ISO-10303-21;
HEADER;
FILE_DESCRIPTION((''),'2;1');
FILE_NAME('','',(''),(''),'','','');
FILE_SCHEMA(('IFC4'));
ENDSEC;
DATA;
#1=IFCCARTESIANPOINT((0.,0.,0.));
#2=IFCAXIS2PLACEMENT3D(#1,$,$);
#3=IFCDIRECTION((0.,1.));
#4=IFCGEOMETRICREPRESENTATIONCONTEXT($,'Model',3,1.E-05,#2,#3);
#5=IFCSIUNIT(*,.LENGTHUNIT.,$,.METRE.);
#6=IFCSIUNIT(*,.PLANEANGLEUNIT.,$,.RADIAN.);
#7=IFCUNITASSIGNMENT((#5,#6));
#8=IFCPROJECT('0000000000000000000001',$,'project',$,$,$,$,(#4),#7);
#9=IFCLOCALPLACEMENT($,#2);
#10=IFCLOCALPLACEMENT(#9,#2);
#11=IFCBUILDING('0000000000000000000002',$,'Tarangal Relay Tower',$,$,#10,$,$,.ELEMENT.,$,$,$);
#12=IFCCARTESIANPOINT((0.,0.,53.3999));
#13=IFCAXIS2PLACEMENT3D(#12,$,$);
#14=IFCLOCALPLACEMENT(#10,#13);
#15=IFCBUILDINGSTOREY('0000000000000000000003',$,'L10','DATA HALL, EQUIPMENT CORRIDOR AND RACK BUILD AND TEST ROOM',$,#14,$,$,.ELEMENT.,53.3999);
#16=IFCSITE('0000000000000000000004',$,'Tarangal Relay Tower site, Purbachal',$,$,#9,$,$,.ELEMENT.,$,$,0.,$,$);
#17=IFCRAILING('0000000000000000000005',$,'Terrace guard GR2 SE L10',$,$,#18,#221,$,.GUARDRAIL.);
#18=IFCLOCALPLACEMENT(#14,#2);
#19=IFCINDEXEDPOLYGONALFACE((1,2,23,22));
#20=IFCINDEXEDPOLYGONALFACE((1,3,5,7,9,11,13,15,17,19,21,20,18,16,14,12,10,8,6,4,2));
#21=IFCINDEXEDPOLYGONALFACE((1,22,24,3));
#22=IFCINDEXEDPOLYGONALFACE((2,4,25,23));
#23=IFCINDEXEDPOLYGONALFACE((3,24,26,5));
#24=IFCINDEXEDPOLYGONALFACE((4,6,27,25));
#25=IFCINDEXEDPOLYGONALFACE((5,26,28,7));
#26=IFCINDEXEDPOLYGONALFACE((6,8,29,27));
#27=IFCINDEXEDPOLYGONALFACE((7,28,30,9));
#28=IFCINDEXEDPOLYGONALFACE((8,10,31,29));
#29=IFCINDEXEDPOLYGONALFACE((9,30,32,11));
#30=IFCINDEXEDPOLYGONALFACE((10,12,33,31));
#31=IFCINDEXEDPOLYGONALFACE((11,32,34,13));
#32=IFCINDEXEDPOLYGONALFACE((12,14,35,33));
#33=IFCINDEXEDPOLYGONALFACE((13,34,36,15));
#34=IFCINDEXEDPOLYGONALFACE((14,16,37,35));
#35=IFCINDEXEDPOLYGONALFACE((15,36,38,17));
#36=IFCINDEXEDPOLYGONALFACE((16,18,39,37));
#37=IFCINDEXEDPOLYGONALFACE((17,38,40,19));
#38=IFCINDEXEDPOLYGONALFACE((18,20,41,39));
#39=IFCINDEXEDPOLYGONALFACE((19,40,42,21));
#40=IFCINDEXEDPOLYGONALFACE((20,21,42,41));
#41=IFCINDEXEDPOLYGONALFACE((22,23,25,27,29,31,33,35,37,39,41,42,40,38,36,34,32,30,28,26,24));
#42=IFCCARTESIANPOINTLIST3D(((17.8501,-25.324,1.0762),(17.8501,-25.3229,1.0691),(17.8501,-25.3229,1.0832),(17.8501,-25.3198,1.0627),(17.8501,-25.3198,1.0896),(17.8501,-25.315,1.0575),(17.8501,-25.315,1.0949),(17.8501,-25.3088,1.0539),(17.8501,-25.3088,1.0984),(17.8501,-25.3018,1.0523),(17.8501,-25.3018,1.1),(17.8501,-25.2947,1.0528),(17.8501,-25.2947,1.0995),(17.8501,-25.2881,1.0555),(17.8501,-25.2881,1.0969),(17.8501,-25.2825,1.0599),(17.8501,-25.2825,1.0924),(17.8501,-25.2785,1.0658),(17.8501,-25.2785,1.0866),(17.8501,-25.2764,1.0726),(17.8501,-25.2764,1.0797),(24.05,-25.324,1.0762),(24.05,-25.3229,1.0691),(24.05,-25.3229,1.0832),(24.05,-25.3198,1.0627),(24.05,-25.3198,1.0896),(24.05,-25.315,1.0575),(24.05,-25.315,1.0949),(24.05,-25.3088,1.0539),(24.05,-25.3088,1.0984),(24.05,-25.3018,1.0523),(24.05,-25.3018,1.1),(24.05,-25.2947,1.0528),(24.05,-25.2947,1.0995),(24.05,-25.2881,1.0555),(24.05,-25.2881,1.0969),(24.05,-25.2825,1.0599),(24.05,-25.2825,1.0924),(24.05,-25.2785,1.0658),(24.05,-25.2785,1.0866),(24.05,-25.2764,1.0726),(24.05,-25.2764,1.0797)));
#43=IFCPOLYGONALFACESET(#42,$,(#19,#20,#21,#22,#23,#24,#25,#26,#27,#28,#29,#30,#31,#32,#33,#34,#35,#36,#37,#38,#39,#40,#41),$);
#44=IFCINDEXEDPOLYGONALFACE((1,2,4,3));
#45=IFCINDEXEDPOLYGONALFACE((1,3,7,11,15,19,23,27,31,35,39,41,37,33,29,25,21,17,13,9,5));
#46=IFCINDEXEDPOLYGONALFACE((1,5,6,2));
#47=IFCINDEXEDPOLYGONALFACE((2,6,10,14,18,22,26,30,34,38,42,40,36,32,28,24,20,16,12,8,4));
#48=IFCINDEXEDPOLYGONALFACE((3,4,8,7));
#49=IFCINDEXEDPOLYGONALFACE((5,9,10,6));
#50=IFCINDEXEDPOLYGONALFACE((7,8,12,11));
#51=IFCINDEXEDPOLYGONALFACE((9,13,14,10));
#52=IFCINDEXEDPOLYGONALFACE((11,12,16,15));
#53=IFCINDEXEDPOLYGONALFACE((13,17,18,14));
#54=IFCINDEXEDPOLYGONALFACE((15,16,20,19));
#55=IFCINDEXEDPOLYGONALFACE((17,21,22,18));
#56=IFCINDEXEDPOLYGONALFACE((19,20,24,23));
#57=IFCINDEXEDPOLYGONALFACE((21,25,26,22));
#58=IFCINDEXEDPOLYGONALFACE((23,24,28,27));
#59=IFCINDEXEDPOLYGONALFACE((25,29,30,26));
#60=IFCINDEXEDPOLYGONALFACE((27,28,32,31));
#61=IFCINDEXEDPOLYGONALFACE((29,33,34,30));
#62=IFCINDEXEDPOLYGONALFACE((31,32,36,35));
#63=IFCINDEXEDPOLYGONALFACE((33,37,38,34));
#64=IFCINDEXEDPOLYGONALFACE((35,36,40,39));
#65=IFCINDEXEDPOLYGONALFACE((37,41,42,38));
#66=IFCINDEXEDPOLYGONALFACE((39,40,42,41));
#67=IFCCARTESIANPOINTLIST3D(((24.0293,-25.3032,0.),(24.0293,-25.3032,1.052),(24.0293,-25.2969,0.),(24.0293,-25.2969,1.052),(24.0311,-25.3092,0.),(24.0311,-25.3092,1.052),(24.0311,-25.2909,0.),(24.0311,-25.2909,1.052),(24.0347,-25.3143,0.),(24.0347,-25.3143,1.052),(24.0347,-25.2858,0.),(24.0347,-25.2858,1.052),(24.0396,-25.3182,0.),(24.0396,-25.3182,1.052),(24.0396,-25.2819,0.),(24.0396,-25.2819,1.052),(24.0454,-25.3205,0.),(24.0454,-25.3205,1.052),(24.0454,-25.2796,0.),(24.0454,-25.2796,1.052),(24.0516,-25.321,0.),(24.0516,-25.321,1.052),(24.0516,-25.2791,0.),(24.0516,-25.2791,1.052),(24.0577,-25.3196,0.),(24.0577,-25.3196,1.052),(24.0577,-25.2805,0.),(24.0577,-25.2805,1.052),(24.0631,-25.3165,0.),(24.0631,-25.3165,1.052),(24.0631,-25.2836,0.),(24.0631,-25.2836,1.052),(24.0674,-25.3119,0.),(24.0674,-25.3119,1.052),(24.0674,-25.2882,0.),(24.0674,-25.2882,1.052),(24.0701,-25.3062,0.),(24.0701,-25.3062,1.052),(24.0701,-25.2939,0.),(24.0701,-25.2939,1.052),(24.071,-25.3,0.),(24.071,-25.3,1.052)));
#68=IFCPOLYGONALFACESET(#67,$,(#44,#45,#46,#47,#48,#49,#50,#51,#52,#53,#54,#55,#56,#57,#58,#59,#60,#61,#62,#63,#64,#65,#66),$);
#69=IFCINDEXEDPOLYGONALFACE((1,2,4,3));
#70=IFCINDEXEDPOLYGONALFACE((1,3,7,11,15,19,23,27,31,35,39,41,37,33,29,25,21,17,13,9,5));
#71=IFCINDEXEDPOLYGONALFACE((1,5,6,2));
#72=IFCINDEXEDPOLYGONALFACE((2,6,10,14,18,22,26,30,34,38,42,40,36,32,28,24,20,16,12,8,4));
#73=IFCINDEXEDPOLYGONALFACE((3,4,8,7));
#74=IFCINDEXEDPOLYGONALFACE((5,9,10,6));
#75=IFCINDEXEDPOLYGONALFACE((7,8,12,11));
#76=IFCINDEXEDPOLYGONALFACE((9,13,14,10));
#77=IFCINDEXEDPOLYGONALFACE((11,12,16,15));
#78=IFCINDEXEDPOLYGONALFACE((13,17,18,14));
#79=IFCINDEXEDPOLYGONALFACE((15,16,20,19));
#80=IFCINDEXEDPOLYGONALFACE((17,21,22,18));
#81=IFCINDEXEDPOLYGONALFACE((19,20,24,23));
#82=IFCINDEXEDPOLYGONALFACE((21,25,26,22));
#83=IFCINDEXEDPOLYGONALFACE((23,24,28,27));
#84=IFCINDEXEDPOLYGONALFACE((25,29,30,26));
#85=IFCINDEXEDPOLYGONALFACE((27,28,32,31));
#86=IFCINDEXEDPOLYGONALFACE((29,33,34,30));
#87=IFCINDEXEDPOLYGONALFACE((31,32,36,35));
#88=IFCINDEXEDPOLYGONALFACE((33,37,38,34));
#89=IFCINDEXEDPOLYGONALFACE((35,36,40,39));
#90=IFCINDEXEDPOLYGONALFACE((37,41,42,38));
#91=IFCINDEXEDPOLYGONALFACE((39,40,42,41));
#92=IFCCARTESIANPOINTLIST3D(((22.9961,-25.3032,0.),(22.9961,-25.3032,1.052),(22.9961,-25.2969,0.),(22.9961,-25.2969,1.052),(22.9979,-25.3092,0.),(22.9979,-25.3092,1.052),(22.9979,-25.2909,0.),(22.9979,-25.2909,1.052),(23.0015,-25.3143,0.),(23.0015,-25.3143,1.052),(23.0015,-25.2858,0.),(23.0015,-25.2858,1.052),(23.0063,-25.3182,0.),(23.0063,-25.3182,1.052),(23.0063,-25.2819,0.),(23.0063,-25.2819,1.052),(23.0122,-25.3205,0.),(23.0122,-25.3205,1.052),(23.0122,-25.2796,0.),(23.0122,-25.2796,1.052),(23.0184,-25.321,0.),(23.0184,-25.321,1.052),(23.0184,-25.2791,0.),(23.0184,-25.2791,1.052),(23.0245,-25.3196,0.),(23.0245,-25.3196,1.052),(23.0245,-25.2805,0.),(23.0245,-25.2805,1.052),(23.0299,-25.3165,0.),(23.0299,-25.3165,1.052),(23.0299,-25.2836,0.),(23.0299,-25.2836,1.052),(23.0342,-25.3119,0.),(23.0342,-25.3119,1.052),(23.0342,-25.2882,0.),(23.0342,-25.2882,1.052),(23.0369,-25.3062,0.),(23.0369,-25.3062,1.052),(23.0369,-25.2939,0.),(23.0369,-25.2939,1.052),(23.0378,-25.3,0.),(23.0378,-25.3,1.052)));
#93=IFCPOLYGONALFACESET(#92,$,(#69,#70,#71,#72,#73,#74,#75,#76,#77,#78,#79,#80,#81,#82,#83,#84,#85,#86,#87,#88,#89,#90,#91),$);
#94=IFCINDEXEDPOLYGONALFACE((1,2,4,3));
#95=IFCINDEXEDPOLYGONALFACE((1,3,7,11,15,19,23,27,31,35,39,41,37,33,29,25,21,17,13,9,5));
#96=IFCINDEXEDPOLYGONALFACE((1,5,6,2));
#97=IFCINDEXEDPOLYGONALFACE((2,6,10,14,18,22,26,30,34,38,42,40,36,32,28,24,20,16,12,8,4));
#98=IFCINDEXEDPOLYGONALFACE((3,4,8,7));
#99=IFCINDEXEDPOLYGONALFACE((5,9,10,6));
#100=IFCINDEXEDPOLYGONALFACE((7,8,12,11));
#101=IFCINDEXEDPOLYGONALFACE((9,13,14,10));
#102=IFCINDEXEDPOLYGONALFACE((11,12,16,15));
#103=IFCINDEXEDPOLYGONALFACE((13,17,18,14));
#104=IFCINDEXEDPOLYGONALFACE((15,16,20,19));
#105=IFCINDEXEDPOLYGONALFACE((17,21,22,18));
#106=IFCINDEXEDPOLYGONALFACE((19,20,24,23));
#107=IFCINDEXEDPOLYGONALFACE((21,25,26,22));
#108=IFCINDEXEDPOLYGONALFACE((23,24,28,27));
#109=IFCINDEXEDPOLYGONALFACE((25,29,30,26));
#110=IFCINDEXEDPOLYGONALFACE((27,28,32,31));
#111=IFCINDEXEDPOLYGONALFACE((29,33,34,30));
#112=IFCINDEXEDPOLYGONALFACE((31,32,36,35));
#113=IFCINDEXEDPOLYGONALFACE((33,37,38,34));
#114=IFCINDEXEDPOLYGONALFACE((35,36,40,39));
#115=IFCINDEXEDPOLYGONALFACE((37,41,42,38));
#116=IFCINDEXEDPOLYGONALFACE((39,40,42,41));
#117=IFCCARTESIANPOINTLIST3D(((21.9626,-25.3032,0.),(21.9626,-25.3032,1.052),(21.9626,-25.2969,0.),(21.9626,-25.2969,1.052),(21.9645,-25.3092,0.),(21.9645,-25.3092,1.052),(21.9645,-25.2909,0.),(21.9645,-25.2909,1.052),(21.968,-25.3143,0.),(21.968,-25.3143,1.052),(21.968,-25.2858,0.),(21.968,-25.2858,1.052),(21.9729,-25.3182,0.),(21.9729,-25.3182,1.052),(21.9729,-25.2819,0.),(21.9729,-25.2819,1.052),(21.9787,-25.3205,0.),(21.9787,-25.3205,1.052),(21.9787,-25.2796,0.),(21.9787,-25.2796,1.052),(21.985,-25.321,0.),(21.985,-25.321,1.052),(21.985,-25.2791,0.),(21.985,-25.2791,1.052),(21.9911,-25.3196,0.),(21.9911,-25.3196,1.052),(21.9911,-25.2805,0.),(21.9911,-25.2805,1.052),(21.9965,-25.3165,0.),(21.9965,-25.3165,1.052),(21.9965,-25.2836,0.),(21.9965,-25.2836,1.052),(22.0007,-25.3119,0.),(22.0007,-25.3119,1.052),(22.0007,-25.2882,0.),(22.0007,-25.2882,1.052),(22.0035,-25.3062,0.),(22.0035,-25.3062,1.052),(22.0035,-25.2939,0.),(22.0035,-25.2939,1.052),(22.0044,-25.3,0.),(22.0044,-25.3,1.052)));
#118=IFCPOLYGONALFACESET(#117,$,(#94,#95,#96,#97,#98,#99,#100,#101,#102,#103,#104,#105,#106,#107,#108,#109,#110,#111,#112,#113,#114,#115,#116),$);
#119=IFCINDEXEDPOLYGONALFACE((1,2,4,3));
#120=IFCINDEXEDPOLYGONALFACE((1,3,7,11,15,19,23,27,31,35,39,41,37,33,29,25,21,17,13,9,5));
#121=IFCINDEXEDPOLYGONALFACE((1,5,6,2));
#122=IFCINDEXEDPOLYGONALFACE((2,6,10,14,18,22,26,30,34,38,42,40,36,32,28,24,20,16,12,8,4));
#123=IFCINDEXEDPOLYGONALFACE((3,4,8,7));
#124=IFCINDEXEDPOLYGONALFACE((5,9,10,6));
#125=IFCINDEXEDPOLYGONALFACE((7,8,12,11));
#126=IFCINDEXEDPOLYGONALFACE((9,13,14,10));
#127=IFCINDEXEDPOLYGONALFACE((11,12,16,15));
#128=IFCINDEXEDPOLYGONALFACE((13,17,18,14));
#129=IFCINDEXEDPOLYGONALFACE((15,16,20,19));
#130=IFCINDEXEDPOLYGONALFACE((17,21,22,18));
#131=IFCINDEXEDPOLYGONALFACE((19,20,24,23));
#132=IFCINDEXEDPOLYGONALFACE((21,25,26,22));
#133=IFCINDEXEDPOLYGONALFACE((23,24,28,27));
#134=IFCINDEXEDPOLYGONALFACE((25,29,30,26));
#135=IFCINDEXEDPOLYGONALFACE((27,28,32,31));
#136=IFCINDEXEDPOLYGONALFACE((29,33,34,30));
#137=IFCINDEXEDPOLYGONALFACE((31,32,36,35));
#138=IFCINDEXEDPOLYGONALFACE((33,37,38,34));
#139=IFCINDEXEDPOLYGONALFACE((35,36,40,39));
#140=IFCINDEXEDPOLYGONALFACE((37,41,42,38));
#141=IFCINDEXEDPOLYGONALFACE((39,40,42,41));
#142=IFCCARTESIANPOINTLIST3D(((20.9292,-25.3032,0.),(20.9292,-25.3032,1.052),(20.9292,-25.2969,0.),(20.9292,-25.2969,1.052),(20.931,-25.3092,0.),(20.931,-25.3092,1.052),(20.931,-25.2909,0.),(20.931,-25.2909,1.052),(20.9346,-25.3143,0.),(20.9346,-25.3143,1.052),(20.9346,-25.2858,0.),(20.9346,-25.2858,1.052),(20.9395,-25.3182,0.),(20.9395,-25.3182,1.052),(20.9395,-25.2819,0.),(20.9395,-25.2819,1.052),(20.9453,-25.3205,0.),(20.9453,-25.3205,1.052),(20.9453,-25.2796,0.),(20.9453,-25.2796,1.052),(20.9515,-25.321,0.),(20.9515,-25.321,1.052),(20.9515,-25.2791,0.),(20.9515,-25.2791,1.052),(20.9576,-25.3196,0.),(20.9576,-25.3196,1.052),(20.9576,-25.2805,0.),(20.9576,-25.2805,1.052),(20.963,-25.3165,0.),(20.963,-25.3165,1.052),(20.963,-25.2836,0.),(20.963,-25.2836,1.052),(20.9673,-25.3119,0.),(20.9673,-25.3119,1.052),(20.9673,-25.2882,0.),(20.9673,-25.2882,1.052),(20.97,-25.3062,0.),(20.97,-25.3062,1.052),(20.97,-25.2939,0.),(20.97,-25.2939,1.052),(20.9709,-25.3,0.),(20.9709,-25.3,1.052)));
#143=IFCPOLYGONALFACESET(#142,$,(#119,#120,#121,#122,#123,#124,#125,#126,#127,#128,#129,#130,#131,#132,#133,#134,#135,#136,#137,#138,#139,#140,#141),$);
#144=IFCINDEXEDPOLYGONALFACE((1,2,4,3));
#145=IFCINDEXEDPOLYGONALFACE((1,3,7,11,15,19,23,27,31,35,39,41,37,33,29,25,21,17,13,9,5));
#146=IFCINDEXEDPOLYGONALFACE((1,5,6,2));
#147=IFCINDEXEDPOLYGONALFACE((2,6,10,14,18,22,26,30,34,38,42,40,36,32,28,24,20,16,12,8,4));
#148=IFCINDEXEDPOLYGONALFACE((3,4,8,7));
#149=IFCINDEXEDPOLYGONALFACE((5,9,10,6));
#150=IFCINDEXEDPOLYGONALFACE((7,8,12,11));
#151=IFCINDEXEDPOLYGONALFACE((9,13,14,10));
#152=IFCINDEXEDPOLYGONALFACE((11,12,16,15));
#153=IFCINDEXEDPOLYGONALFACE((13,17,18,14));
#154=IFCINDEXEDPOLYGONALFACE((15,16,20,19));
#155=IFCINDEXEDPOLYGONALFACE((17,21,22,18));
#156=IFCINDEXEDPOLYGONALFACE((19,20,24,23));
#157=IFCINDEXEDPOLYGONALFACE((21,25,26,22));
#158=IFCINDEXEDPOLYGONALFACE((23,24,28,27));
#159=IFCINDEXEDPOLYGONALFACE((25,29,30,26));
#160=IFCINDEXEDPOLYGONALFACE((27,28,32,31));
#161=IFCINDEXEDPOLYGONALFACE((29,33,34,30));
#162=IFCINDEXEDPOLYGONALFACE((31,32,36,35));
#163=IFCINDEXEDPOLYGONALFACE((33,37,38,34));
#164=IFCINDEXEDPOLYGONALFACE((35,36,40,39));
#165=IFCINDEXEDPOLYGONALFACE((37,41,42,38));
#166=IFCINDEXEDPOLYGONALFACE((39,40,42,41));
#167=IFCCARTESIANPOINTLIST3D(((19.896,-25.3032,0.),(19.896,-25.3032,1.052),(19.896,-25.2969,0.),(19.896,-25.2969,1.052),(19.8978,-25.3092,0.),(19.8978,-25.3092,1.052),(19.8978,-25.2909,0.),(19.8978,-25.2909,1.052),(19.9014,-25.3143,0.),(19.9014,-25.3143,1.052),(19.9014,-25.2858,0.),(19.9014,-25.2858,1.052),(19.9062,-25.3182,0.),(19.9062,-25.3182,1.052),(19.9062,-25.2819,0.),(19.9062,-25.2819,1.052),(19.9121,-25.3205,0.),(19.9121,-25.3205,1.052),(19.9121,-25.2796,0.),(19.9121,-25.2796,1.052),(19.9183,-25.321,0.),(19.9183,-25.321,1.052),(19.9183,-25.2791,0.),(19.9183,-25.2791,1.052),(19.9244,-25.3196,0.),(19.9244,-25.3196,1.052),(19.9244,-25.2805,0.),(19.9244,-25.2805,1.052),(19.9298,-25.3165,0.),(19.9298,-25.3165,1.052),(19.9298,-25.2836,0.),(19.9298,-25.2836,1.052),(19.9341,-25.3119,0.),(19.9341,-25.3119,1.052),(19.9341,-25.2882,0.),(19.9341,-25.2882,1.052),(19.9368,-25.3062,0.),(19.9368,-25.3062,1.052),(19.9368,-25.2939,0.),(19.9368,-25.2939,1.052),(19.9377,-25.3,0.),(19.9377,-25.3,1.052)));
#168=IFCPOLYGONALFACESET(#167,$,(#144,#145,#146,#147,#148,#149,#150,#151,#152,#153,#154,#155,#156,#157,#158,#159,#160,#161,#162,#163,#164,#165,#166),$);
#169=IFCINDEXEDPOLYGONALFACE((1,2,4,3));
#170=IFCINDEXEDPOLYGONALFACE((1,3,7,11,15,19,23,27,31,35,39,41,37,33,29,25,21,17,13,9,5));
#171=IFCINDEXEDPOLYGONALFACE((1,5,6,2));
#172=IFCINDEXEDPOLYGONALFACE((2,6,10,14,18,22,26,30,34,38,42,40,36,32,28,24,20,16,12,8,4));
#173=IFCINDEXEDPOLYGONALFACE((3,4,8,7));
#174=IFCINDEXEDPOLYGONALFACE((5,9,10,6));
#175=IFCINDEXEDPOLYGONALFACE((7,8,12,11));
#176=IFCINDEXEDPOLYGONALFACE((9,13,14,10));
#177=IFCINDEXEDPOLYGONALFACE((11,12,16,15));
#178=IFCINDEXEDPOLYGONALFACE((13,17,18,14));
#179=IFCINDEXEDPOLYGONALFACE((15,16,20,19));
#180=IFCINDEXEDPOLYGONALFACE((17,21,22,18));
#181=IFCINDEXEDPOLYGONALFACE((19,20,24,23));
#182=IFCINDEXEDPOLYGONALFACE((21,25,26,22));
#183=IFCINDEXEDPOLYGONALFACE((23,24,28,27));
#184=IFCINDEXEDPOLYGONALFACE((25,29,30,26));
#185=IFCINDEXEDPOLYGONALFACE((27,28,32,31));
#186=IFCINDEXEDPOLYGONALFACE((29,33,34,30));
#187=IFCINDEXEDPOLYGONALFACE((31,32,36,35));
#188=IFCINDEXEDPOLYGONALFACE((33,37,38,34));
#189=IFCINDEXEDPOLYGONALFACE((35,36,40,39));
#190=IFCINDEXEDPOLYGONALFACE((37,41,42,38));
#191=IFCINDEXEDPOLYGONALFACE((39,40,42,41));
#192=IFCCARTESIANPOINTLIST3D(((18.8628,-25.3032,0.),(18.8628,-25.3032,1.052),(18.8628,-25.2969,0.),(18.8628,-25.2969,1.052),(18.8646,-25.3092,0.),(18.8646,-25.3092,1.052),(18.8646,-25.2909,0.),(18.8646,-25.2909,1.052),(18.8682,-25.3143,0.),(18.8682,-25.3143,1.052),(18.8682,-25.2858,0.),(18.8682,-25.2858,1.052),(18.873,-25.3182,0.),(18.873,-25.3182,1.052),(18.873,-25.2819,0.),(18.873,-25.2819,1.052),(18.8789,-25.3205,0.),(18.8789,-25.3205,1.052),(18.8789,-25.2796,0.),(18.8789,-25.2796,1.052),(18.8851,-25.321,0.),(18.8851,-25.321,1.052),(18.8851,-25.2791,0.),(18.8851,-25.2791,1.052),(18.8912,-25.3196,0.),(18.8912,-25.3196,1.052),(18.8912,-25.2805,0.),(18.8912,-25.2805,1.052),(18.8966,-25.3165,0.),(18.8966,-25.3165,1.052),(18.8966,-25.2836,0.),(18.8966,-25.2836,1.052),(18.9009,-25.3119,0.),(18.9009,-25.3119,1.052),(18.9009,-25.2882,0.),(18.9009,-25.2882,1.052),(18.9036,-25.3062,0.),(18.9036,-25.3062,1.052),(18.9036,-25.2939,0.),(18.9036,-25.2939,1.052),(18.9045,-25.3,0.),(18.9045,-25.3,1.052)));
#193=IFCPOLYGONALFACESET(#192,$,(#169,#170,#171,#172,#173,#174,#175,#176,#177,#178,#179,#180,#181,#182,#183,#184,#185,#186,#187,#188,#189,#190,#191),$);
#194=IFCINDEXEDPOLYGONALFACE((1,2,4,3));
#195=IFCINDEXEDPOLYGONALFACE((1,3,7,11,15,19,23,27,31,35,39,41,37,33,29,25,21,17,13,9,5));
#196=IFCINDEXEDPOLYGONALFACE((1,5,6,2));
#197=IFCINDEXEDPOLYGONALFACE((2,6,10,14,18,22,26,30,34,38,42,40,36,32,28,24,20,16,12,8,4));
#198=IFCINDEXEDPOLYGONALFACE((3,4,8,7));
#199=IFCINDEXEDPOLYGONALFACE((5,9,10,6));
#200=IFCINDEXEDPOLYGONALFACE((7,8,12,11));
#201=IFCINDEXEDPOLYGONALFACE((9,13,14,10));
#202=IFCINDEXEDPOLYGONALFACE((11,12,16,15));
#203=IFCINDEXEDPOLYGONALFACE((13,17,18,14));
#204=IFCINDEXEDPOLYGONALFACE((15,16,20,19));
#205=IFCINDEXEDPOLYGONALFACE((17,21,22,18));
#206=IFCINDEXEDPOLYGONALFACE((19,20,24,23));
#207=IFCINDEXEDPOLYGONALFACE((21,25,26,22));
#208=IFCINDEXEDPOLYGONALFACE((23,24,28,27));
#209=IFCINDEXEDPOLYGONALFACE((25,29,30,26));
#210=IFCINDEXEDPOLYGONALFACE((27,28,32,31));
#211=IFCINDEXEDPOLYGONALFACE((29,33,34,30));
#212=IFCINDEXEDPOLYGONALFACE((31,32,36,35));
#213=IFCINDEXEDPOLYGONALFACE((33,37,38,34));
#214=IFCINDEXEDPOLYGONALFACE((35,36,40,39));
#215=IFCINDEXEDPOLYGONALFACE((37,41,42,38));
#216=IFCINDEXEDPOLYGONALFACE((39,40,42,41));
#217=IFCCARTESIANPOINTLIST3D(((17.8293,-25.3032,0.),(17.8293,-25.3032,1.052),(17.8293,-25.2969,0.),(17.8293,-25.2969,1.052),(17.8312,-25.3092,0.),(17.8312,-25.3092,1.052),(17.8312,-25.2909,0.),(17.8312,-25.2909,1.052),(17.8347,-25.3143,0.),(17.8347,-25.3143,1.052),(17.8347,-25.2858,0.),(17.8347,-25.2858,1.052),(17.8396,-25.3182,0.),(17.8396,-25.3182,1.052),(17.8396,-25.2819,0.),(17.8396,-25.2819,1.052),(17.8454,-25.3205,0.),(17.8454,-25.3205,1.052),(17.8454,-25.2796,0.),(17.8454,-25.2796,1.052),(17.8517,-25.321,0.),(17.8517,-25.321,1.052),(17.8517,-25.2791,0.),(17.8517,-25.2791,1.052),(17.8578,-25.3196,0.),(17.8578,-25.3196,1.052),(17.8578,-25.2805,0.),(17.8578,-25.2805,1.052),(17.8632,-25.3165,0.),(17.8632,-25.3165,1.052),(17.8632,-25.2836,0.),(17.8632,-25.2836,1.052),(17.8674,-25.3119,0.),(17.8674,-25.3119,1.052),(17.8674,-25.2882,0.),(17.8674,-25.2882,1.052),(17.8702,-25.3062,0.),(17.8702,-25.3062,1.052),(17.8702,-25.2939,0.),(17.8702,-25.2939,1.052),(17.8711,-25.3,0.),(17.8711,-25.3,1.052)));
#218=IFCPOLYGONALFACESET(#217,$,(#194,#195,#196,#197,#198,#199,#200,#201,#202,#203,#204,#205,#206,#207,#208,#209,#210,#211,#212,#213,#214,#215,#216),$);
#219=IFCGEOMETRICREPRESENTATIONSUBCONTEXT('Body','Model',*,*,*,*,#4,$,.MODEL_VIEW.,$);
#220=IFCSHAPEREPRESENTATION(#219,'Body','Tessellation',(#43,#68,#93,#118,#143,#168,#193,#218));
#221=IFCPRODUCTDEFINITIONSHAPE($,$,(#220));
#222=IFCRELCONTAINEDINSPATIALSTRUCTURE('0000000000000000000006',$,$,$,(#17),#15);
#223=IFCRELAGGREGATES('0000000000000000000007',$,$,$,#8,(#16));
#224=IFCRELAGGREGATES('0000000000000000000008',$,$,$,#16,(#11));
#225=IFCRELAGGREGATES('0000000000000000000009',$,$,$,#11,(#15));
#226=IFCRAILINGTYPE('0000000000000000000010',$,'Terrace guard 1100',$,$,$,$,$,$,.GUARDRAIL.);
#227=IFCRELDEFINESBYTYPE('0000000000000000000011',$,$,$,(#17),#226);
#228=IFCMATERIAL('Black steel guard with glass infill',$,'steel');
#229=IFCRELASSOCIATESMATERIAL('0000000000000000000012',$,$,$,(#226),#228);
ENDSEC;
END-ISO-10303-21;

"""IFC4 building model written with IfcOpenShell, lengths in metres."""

from ifc_helpers import new_model, si_unit, direction, frame, origin, origin_2d, place, context, subcontext, project, spatial, circle, extrude, material, type_object, element, save


model = new_model("IFC4")

# Units and contexts
model_context = context("Model", 3, precision=1e-05, world=origin(), true_north=direction((0.0, 1.0)))
body_context = subcontext(model_context, "Body", "Model", "MODEL_VIEW")
ifc_project = project(units=[si_unit("LENGTHUNIT", "METRE"), si_unit("PLANEANGLEUNIT", "RADIAN")], contexts=[model_context])

# Site, building, storey
site_placement = place(None, origin())
site = spatial("IfcSite", under=ifc_project, at=site_placement, Name="Tarangal Relay Tower site, Purbachal", CompositionType="ELEMENT", RefElevation=0.0)
building_placement = place(site_placement, origin())
building = spatial("IfcBuilding", under=site, at=building_placement, Name="Tarangal Relay Tower", CompositionType="ELEMENT")
storey_placement = place(building_placement, frame((0.0, 0.0, 53.3999)))
storey = spatial("IfcBuildingStorey", under=building, at=storey_placement, Name="L10", Description="DATA HALL, EQUIPMENT CORRIDOR AND RACK BUILD AND TEST ROOM", CompositionType="ELEMENT", Elevation=53.3999)

# Railing
ifc_material_1 = material(Name="Black steel guard with glass infill", Category="steel")
railing_type = type_object("IfcRailingType", Name="Terrace guard 1100", PredefinedType="GUARDRAIL", material=ifc_material_1)
railing_1_placement = place(storey_placement, frame((24.05, -25.3, 0.0)))
element("IfcRailing", 1, at=railing_1_placement, inside=storey, type_object=railing_type, Name="Terrace guard GR2 SE L10", PredefinedType="GUARDRAIL", context=body_context, shape_type="SweptSolid", body=[
    extrude(circle(Radius=0.0239, at=origin_2d()), frame((0.0, 0.0, 1.0762), z_axis=(-1.0, 0.0, 0.0), x_axis=(0.0, -1.0, 0.0)), (0.0, 0.0, 1.0), 6.2),
    extrude(circle(Radius=0.021, at=origin_2d()), origin(), (0.0, 0.0, 1.0), 1.052),
    extrude(circle(Radius=0.021, at=origin_2d()), frame((-1.0332, 0.0, 0.0)), (0.0, 0.0, 1.0), 1.052),
    extrude(circle(Radius=0.021, at=origin_2d()), frame((-2.0667, 0.0, 0.0)), (0.0, 0.0, 1.0), 1.052),
    extrude(circle(Radius=0.021, at=origin_2d()), frame((-3.1001, 0.0, 0.0)), (0.0, 0.0, 1.0), 1.052),
    extrude(circle(Radius=0.021, at=origin_2d()), frame((-4.1333, 0.0, 0.0)), (0.0, 0.0, 1.0), 1.052),
    extrude(circle(Radius=0.021, at=origin_2d()), frame((-5.1665, 0.0, 0.0)), (0.0, 0.0, 1.0), 1.052),
    extrude(circle(Radius=0.021, at=origin_2d()), frame((-6.2, 0.0, 0.0)), (0.0, 0.0, 1.0), 1.052),
])

save(model, "model.ifc")
